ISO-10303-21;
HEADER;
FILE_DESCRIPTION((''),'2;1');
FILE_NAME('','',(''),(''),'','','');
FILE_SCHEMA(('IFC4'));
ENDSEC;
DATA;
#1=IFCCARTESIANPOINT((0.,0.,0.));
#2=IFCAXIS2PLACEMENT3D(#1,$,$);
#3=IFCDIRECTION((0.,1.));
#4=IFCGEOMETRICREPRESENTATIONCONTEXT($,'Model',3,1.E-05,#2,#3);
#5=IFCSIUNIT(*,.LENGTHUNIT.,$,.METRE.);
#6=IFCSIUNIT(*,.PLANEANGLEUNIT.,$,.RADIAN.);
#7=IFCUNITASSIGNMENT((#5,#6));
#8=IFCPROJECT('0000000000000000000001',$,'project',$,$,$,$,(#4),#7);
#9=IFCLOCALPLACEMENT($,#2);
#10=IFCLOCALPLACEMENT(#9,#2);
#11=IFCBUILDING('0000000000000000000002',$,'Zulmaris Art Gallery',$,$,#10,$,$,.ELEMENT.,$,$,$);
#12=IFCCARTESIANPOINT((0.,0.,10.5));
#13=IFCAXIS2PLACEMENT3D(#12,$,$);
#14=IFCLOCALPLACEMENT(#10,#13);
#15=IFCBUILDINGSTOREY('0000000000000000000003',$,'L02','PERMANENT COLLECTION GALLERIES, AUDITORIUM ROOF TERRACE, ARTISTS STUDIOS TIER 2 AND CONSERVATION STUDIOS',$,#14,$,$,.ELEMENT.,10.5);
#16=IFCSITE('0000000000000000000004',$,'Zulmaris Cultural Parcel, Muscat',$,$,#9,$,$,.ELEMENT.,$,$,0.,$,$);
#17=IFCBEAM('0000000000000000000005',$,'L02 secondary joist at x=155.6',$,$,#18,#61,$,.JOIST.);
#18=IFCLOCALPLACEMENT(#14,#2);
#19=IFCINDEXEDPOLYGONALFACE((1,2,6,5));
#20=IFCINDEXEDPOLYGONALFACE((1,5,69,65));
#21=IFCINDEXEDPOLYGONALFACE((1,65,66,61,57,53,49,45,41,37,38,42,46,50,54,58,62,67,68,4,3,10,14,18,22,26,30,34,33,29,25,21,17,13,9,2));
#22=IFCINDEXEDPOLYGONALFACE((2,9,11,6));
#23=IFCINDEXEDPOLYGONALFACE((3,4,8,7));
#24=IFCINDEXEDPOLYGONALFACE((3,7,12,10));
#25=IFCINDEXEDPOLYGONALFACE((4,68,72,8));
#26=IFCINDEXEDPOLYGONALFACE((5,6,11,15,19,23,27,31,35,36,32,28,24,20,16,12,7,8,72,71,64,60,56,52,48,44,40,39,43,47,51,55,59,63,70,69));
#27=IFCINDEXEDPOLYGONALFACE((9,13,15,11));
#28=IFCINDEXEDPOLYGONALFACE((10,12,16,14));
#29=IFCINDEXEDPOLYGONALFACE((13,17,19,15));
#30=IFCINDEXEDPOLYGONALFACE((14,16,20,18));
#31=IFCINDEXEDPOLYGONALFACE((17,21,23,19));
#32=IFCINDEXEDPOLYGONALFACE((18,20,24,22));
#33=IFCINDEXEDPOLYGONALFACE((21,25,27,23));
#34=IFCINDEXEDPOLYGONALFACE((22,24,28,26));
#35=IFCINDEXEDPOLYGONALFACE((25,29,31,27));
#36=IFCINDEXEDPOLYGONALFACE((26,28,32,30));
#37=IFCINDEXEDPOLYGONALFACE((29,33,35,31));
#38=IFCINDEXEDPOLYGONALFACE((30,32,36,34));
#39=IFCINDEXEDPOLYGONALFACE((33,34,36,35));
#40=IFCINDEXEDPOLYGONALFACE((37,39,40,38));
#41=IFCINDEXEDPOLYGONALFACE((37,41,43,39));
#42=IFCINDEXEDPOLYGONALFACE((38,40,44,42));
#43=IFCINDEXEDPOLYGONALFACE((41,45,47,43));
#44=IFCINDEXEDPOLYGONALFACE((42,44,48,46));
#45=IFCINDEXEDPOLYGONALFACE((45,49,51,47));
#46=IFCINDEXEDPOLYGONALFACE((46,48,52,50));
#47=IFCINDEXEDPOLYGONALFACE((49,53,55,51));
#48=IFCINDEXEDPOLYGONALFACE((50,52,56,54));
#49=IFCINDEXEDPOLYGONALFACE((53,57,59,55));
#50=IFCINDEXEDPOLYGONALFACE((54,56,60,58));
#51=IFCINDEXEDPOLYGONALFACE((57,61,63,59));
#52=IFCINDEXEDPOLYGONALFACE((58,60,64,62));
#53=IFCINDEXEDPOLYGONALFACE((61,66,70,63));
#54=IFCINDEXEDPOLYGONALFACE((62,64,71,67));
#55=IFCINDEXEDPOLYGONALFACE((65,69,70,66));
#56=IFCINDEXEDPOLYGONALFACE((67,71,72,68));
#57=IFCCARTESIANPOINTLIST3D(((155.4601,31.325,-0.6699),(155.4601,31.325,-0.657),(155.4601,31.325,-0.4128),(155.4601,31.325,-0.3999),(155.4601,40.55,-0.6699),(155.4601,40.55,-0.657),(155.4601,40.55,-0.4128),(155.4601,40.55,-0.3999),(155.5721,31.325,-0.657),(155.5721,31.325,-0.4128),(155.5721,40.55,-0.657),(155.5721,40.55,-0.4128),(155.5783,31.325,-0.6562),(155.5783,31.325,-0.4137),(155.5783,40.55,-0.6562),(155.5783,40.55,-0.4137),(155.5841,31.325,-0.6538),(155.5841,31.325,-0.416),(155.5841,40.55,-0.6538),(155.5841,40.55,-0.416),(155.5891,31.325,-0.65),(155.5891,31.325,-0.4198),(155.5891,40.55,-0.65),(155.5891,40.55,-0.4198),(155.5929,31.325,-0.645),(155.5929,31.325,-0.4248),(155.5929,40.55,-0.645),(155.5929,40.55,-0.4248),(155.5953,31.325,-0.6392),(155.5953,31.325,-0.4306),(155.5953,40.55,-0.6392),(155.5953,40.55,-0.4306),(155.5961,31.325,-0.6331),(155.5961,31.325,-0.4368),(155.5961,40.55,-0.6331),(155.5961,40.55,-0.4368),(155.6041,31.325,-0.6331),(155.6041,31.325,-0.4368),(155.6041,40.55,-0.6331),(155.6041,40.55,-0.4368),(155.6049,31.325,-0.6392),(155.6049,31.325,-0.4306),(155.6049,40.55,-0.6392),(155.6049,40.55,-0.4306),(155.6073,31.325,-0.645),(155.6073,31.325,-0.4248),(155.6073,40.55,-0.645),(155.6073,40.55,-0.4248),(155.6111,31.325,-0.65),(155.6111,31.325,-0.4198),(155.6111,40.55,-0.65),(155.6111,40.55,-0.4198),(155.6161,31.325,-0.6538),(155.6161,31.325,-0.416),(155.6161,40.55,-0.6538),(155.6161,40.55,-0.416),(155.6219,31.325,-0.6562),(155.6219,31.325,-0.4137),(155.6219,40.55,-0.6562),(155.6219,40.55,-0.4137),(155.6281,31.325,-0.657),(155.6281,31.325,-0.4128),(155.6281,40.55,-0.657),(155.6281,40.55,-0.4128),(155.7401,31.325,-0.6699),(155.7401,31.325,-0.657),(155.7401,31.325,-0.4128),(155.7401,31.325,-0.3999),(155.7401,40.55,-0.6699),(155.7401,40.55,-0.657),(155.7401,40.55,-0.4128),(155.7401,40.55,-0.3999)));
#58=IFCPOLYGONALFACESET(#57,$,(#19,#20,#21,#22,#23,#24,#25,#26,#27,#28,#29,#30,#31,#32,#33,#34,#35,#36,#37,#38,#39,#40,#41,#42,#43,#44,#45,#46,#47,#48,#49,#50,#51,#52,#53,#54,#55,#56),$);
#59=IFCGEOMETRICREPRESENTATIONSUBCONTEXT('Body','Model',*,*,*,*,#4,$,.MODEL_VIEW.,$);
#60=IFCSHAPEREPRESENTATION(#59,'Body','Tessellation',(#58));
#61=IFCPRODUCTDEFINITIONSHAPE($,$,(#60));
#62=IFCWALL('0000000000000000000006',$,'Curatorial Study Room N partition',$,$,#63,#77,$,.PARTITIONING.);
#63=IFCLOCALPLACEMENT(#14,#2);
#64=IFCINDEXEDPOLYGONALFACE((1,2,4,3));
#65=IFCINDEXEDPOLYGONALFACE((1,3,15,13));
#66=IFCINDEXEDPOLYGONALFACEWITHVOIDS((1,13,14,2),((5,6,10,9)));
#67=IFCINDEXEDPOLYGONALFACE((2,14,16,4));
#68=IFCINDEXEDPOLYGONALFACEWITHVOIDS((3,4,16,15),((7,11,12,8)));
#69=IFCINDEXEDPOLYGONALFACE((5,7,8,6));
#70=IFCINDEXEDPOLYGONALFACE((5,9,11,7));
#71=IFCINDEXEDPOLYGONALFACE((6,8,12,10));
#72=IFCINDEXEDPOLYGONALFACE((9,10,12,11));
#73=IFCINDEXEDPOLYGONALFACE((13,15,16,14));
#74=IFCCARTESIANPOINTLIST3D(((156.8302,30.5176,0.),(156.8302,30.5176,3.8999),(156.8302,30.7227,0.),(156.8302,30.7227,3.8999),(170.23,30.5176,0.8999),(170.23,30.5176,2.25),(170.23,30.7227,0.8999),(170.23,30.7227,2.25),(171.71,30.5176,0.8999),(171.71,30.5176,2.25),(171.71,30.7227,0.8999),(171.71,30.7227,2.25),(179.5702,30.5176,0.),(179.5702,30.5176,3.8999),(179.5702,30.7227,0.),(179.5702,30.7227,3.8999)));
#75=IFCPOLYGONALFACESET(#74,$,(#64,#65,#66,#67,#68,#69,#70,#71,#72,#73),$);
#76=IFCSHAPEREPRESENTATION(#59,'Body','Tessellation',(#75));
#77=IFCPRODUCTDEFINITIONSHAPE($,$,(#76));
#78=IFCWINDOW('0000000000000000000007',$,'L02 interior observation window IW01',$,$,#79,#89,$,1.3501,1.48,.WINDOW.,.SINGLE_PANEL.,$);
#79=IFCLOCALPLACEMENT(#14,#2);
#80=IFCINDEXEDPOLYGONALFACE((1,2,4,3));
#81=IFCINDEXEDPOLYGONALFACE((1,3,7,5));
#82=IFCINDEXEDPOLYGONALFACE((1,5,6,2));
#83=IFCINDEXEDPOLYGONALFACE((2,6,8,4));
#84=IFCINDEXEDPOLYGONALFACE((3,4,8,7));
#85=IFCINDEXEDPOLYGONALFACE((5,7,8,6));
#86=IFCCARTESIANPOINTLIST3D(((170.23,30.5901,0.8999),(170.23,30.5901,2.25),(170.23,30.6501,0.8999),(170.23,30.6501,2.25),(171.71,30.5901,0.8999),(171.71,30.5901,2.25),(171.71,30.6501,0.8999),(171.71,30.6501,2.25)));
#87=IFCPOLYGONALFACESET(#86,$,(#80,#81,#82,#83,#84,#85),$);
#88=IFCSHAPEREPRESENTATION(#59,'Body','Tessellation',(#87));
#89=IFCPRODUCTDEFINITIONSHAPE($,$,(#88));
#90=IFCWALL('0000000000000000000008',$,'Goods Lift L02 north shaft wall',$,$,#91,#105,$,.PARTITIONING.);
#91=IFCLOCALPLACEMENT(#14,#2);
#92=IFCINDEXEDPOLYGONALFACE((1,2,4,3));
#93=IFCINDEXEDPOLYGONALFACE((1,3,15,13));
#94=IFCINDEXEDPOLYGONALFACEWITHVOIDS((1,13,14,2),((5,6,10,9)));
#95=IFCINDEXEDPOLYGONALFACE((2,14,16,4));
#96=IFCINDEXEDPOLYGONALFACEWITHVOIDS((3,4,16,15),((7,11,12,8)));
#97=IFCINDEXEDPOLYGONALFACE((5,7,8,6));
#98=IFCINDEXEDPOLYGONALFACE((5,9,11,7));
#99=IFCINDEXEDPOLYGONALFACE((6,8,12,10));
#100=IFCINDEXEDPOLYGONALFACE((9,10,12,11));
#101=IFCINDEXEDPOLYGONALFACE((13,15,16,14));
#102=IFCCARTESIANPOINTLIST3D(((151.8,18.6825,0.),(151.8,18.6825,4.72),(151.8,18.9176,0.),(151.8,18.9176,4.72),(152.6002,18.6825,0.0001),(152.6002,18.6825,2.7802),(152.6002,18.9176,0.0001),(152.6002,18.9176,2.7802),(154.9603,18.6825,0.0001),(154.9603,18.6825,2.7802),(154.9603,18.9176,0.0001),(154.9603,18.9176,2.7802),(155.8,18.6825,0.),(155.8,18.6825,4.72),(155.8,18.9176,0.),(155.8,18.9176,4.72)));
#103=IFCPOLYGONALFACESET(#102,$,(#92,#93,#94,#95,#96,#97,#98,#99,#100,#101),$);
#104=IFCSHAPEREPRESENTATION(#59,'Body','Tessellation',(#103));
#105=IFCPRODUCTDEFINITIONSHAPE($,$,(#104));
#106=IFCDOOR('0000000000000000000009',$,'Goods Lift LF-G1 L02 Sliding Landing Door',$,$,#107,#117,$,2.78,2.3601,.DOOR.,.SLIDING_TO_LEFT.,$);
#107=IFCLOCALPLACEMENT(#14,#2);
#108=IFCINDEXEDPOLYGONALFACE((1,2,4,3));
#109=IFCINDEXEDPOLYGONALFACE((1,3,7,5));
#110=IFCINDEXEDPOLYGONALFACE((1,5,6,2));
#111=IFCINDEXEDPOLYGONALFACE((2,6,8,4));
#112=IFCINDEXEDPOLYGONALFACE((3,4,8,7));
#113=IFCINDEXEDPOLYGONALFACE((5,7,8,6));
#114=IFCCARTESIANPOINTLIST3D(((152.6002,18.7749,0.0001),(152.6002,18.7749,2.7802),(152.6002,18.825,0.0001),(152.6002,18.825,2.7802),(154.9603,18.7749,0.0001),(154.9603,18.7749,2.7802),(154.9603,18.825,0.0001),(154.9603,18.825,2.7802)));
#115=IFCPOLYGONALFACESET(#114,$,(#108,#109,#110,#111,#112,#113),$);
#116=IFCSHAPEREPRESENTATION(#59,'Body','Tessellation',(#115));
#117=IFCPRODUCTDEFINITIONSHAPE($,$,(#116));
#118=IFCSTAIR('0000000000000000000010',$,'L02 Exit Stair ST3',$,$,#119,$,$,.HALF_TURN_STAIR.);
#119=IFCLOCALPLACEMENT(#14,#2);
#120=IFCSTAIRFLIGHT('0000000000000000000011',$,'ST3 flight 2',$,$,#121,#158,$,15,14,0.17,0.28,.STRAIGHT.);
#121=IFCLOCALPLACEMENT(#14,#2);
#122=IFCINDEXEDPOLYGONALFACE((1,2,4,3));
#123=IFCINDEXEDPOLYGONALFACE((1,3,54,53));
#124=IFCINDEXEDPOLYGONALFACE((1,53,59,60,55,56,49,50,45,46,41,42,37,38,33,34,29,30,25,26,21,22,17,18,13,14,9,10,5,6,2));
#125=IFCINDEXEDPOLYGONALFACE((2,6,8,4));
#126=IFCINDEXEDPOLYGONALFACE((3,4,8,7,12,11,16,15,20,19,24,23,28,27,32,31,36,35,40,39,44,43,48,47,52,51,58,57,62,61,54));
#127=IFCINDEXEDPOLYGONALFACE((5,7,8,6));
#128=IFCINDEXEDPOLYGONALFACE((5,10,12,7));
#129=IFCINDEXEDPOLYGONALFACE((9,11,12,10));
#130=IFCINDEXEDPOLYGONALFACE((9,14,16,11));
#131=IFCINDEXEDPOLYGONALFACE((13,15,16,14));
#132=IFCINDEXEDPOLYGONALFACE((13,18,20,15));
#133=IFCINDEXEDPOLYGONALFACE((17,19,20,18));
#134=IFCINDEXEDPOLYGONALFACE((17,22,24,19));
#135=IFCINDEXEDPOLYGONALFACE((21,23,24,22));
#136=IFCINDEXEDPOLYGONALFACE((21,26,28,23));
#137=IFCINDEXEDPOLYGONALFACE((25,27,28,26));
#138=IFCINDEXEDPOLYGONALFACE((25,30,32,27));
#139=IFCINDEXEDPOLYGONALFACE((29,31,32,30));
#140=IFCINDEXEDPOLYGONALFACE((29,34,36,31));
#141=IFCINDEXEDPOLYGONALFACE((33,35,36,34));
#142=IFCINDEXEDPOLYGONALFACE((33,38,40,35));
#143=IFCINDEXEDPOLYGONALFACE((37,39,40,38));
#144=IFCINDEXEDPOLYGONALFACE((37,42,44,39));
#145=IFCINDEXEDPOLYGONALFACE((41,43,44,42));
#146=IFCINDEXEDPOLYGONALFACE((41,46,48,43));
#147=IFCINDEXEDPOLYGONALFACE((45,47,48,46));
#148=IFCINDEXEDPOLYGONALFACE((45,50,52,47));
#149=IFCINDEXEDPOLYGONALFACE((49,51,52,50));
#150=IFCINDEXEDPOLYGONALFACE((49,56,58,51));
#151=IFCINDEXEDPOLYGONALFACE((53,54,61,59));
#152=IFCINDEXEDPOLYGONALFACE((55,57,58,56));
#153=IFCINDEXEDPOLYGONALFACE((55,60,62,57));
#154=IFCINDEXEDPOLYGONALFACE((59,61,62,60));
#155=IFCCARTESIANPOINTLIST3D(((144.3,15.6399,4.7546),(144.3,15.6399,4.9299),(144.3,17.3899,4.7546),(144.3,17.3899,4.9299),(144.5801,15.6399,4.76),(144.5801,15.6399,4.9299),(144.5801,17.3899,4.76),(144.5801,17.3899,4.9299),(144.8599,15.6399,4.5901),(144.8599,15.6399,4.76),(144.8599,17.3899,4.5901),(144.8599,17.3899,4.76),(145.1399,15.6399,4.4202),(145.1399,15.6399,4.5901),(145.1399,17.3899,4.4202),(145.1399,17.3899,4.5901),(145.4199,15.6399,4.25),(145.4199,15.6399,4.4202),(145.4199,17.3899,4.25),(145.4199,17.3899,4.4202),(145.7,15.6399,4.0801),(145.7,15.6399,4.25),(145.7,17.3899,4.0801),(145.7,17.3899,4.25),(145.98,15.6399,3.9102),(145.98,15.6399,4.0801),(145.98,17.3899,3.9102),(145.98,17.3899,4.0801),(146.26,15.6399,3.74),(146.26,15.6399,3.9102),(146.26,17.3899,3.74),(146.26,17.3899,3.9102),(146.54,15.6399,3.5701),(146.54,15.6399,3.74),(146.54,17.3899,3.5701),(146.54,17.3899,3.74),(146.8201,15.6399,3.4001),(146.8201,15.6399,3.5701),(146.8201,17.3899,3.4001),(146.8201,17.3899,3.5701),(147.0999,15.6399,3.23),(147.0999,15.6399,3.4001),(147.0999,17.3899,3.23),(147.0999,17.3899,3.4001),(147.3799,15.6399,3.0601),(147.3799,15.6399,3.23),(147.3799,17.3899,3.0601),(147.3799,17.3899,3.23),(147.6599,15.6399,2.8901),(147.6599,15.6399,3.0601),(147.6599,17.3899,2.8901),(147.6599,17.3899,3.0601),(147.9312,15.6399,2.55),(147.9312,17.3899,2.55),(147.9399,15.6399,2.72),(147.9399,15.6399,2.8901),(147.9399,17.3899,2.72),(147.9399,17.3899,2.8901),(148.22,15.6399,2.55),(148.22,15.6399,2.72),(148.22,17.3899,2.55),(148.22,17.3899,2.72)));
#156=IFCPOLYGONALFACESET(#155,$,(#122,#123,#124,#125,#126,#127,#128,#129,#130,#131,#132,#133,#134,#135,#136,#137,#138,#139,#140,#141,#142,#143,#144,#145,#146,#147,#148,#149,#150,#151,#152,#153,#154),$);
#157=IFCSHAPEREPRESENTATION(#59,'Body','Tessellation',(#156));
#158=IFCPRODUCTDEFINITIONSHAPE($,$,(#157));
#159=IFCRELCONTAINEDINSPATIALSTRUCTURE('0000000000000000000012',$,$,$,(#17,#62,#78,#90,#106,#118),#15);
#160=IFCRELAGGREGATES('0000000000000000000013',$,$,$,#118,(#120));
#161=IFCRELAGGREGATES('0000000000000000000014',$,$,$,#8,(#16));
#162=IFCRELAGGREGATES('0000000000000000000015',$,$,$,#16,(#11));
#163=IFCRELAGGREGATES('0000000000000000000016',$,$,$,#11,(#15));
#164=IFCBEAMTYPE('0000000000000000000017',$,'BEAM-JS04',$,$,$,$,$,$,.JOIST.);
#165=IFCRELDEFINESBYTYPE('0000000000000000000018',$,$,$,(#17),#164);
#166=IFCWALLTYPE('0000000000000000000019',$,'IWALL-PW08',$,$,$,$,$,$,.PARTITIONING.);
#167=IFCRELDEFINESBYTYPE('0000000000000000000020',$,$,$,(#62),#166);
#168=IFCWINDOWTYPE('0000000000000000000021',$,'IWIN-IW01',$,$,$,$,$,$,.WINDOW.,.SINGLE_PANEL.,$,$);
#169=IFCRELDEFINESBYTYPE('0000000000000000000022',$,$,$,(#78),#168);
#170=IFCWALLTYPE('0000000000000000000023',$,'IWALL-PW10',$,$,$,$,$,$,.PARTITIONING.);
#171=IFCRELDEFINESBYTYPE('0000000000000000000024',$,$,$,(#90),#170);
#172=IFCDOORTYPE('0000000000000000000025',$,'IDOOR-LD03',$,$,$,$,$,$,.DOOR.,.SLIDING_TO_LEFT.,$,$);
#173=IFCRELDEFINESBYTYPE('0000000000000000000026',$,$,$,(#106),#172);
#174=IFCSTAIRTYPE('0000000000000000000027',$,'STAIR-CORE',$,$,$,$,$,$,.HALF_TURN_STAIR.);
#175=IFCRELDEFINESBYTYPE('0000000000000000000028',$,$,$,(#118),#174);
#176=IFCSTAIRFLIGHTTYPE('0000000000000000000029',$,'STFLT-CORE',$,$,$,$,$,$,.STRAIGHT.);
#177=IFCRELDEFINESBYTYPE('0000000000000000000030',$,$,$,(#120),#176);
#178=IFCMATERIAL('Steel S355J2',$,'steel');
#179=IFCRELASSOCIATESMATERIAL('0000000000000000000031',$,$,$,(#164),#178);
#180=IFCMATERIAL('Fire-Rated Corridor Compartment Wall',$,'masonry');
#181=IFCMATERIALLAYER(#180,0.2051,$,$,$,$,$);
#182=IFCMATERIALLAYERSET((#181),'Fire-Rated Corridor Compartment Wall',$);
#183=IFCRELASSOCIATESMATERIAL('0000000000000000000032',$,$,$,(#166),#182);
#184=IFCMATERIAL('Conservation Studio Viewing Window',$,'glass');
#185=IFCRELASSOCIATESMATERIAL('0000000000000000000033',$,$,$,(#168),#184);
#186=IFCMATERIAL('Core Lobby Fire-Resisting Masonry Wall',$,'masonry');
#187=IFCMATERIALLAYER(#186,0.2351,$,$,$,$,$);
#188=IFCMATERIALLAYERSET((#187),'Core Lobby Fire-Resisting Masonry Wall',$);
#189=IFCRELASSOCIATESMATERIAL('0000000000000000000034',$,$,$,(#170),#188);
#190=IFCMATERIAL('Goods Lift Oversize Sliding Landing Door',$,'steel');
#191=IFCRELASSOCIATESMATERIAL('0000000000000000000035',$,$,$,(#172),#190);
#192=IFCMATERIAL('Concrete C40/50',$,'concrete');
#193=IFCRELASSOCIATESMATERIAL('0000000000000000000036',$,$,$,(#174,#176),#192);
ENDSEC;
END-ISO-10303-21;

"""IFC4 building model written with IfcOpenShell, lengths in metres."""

from ifc_helpers import new_model, si_unit, direction, frame, frame_2d, origin, origin_2d, place, context, subcontext, project, spatial, polyline, rectangle, i_section, outline, extrude, material, layer, layer_set, material_profile, profile_set, type_object, element, fill, aggregate, save


model = new_model("IFC4")

# Units and contexts
model_context = context("Model", 3, precision=1e-05, world=origin(), true_north=direction((0.0, 1.0)))
body_context = subcontext(model_context, "Body", "Model", "MODEL_VIEW")
ifc_project = project(units=[si_unit("LENGTHUNIT", "METRE"), si_unit("PLANEANGLEUNIT", "RADIAN")], contexts=[model_context])

# Site, building, storey
site_placement = place(None, origin())
site = spatial("IfcSite", under=ifc_project, at=site_placement, Name="Zulmaris Cultural Parcel, Muscat", CompositionType="ELEMENT", RefElevation=0.0)
building_placement = place(site_placement, origin())
building = spatial("IfcBuilding", under=site, at=building_placement, Name="Zulmaris Art Gallery", CompositionType="ELEMENT")
storey_placement = place(building_placement, frame((0.0, 0.0, 10.5)))
storey = spatial("IfcBuildingStorey", under=building, at=storey_placement, Name="L02", Description="PERMANENT COLLECTION GALLERIES, AUDITORIUM ROOF TERRACE, ARTISTS STUDIOS TIER 2 AND CONSERVATION STUDIOS", CompositionType="ELEMENT", Elevation=10.5)

# Shared definitions
ifc_material_1 = material(Name="Concrete C40/50", Category="concrete")

# Beam
ifc_material_2 = material(Name="Steel S355J2", Category="steel")
ifc_material_profile_1 = material_profile(ifc_material_2, i_section(OverallWidth=0.28, OverallDepth=0.27, WebThickness=0.0081, FlangeThickness=0.0129, FilletRadius=0.0239, at=origin_2d()), Name="HEA 280")
ifc_profile_set_1 = profile_set([ifc_material_profile_1], Name="Steel S355J2")
beam_type_1 = type_object("IfcBeamType", Name="BEAM-JS04", PredefinedType="JOIST", material=ifc_profile_set_1)
beam_1_placement = place(storey_placement, frame((155.6001, 31.325, -0.5349), z_axis=(0.0, 1.0, 0.0), x_axis=(-1.0, 0.0, 0.0)))
element("IfcBeam", 1, at=beam_1_placement, inside=storey, type_object=beam_type_1, Name="L02 secondary joist at x=155.6", PredefinedType="JOIST", context=body_context, shape_type="SweptSolid", body=[
    extrude(i_section(OverallWidth=0.28, OverallDepth=0.27, WebThickness=0.0081, FlangeThickness=0.0129, FilletRadius=0.0239, at=origin_2d()), origin(), (0.0, 0.0, 1.0), 9.2251),
])

# Wall, opening, window
ifc_material_3 = material(Name="Fire-Rated Corridor Compartment Wall", Category="masonry")
ifc_layer_1 = layer(ifc_material_3, 0.2051)
ifc_layer_set_1 = layer_set([ifc_layer_1], Name="Fire-Rated Corridor Compartment Wall")
wall_type_1 = type_object("IfcWallType", Name="IWALL-PW08", PredefinedType="PARTITIONING", material=ifc_layer_set_1)
wall_1_placement = place(storey_placement, frame((156.8301, 30.6201, 0.0), z_axis=(0.0, 0.0, 1.0), x_axis=(1.0, 0.0, 0.0)))
wall_1 = element("IfcWall", 2, at=wall_1_placement, inside=storey, type_object=wall_type_1, Name="Curatorial Study Room N partition", PredefinedType="PARTITIONING", context=body_context, shape_type="SweptSolid", body=[
    extrude(rectangle(XDim=22.74, YDim=0.2051, at=frame_2d((11.3701, 0.0))), origin(), (0.0, 0.0, 1.0), 3.8999),
])
opening_1_placement = place(wall_1_placement, frame((13.3999, 0.0, 0.8999)))
opening_1 = element("IfcOpeningElement", 3, at=opening_1_placement, cuts=wall_1, PredefinedType="OPENING", context=body_context, shape_type="SweptSolid", body=[
    extrude(rectangle(XDim=1.48, YDim=1.3501, at=frame_2d((0.74, 0.675))), frame((0.0, 0.1125, 0.0), z_axis=(0.0, -1.0, 0.0), x_axis=(1.0, 0.0, 0.0)), (0.0, 0.0, 1.0), 0.2251),
])
ifc_material_4 = material(Name="Conservation Studio Viewing Window", Category="glass")
window_type = type_object("IfcWindowType", Name="IWIN-IW01", PartitioningType="SINGLE_PANEL", PredefinedType="WINDOW", material=ifc_material_4)
window_placement = place(opening_1_placement, origin())
window = element("IfcWindow", 4, at=window_placement, inside=storey, type_object=window_type, Name="L02 interior observation window IW01", OverallHeight=1.3501, OverallWidth=1.48, PartitioningType="SINGLE_PANEL", PredefinedType="WINDOW", context=body_context, shape_type="SweptSolid", body=[
    extrude(rectangle(XDim=1.48, YDim=1.3501, at=frame_2d((0.74, 0.675))), frame((0.0, 0.03, 0.0), z_axis=(0.0, -1.0, 0.0), x_axis=(1.0, 0.0, 0.0)), (0.0, 0.0, 1.0), 0.0601),
])
fill(opening_1, window)

# Wall, opening, door
ifc_material_5 = material(Name="Core Lobby Fire-Resisting Masonry Wall", Category="masonry")
ifc_layer_2 = layer(ifc_material_5, 0.2351)
ifc_layer_set_2 = layer_set([ifc_layer_2], Name="Core Lobby Fire-Resisting Masonry Wall")
wall_type_2 = type_object("IfcWallType", Name="IWALL-PW10", PredefinedType="PARTITIONING", material=ifc_layer_set_2)
wall_2_placement = place(storey_placement, frame((151.8, 18.8, 0.0), z_axis=(0.0, 0.0, 1.0), x_axis=(1.0, 0.0, 0.0)))
wall_2 = element("IfcWall", 5, at=wall_2_placement, inside=storey, type_object=wall_type_2, Name="Goods Lift L02 north shaft wall", PredefinedType="PARTITIONING", context=body_context, shape_type="SweptSolid", body=[
    extrude(rectangle(XDim=4.0, YDim=0.2351, at=frame_2d((2.0, 0.0))), origin(), (0.0, 0.0, 1.0), 4.72),
])
opening_2_placement = place(wall_2_placement, frame((0.8, 0.0, 0.0)))
opening_2 = element("IfcOpeningElement", 6, at=opening_2_placement, cuts=wall_2, PredefinedType="OPENING", context=body_context, shape_type="SweptSolid", body=[
    extrude(rectangle(XDim=2.3601, YDim=2.78, at=frame_2d((1.1802, 1.3901))), frame((0.0, 0.1274, 0.0), z_axis=(0.0, -1.0, 0.0), x_axis=(1.0, 0.0, 0.0)), (0.0, 0.0, 1.0), 0.2551),
])
ifc_material_6 = material(Name="Goods Lift Oversize Sliding Landing Door", Category="steel")
door_type = type_object("IfcDoorType", Name="IDOOR-LD03", OperationType="SLIDING_TO_LEFT", PredefinedType="DOOR", material=ifc_material_6)
door_placement = place(opening_2_placement, origin())
door = element("IfcDoor", 7, at=door_placement, inside=storey, type_object=door_type, Name="Goods Lift LF-G1 L02 Sliding Landing Door", OperationType="SLIDING_TO_LEFT", OverallHeight=2.78, OverallWidth=2.3601, PredefinedType="DOOR", context=body_context, shape_type="SweptSolid", body=[
    extrude(rectangle(XDim=2.3601, YDim=2.78, at=frame_2d((1.1802, 1.3901))), frame((0.0, 0.0249, 0.0), z_axis=(0.0, -1.0, 0.0), x_axis=(1.0, 0.0, 0.0)), (0.0, 0.0, 1.0), 0.05),
])
fill(opening_2, door)

# Stair, stair flight
stair_type = type_object("IfcStairType", Name="STAIR-CORE", PredefinedType="HALF_TURN_STAIR", material=ifc_material_1)
stair_placement = place(storey_placement, origin())
stair = element("IfcStair", 8, at=stair_placement, inside=storey, type_object=stair_type, Name="L02 Exit Stair ST3", PredefinedType="HALF_TURN_STAIR")
stair_flight_type = type_object("IfcStairFlightType", Name="STFLT-CORE", PredefinedType="STRAIGHT", material=ifc_material_1)
stair_flight_placement = place(storey_placement, frame((148.22, 16.5149, 2.55), z_axis=(0.0, 0.0, 1.0), x_axis=(-1.0, 0.0, 0.0)))
stair_flight = element("IfcStairFlight", 9, at=stair_flight_placement, type_object=stair_flight_type, Name="ST3 flight 2", NumberOfRisers=15, NumberOfTreads=14, PredefinedType="STRAIGHT", RiserHeight=0.17, TreadLength=0.28, context=body_context, shape_type="SweptSolid", body=[
    extrude(outline(polyline([(0.0, 0.0), (0.0, 0.1699), (0.28, 0.1699), (0.28, 0.3401), (0.5601, 0.3401), (0.5601, 0.51), (0.8401, 0.51), (0.8401, 0.6799), (1.1201, 0.6799), (1.1201, 0.8501), (1.3999, 0.8501), (1.3999, 1.02), (1.6799, 1.02), (1.6799, 1.1899), (1.96, 1.1899), (1.96, 1.3601), (2.24, 1.3601), (2.24, 1.53), (2.52, 1.53), (2.52, 1.7), (2.8, 1.7), (2.8, 1.8701), (3.0801, 1.8701), (3.0801, 2.04), (3.3601, 2.04), (3.3601, 2.21), (3.6399, 2.21), (3.6399, 2.3799), (3.9199, 2.3799), (3.9199, 2.55), (3.9199, 2.2046), (0.2888, 0.0), (0.0, 0.0)])), frame((0.0, 0.875, 0.0), z_axis=(0.0, -1.0, 0.0), x_axis=(1.0, 0.0, 0.0)), (0.0, 0.0, 1.0), 1.75),
])
aggregate(stair, [stair_flight])

save(model, "model.ifc")
